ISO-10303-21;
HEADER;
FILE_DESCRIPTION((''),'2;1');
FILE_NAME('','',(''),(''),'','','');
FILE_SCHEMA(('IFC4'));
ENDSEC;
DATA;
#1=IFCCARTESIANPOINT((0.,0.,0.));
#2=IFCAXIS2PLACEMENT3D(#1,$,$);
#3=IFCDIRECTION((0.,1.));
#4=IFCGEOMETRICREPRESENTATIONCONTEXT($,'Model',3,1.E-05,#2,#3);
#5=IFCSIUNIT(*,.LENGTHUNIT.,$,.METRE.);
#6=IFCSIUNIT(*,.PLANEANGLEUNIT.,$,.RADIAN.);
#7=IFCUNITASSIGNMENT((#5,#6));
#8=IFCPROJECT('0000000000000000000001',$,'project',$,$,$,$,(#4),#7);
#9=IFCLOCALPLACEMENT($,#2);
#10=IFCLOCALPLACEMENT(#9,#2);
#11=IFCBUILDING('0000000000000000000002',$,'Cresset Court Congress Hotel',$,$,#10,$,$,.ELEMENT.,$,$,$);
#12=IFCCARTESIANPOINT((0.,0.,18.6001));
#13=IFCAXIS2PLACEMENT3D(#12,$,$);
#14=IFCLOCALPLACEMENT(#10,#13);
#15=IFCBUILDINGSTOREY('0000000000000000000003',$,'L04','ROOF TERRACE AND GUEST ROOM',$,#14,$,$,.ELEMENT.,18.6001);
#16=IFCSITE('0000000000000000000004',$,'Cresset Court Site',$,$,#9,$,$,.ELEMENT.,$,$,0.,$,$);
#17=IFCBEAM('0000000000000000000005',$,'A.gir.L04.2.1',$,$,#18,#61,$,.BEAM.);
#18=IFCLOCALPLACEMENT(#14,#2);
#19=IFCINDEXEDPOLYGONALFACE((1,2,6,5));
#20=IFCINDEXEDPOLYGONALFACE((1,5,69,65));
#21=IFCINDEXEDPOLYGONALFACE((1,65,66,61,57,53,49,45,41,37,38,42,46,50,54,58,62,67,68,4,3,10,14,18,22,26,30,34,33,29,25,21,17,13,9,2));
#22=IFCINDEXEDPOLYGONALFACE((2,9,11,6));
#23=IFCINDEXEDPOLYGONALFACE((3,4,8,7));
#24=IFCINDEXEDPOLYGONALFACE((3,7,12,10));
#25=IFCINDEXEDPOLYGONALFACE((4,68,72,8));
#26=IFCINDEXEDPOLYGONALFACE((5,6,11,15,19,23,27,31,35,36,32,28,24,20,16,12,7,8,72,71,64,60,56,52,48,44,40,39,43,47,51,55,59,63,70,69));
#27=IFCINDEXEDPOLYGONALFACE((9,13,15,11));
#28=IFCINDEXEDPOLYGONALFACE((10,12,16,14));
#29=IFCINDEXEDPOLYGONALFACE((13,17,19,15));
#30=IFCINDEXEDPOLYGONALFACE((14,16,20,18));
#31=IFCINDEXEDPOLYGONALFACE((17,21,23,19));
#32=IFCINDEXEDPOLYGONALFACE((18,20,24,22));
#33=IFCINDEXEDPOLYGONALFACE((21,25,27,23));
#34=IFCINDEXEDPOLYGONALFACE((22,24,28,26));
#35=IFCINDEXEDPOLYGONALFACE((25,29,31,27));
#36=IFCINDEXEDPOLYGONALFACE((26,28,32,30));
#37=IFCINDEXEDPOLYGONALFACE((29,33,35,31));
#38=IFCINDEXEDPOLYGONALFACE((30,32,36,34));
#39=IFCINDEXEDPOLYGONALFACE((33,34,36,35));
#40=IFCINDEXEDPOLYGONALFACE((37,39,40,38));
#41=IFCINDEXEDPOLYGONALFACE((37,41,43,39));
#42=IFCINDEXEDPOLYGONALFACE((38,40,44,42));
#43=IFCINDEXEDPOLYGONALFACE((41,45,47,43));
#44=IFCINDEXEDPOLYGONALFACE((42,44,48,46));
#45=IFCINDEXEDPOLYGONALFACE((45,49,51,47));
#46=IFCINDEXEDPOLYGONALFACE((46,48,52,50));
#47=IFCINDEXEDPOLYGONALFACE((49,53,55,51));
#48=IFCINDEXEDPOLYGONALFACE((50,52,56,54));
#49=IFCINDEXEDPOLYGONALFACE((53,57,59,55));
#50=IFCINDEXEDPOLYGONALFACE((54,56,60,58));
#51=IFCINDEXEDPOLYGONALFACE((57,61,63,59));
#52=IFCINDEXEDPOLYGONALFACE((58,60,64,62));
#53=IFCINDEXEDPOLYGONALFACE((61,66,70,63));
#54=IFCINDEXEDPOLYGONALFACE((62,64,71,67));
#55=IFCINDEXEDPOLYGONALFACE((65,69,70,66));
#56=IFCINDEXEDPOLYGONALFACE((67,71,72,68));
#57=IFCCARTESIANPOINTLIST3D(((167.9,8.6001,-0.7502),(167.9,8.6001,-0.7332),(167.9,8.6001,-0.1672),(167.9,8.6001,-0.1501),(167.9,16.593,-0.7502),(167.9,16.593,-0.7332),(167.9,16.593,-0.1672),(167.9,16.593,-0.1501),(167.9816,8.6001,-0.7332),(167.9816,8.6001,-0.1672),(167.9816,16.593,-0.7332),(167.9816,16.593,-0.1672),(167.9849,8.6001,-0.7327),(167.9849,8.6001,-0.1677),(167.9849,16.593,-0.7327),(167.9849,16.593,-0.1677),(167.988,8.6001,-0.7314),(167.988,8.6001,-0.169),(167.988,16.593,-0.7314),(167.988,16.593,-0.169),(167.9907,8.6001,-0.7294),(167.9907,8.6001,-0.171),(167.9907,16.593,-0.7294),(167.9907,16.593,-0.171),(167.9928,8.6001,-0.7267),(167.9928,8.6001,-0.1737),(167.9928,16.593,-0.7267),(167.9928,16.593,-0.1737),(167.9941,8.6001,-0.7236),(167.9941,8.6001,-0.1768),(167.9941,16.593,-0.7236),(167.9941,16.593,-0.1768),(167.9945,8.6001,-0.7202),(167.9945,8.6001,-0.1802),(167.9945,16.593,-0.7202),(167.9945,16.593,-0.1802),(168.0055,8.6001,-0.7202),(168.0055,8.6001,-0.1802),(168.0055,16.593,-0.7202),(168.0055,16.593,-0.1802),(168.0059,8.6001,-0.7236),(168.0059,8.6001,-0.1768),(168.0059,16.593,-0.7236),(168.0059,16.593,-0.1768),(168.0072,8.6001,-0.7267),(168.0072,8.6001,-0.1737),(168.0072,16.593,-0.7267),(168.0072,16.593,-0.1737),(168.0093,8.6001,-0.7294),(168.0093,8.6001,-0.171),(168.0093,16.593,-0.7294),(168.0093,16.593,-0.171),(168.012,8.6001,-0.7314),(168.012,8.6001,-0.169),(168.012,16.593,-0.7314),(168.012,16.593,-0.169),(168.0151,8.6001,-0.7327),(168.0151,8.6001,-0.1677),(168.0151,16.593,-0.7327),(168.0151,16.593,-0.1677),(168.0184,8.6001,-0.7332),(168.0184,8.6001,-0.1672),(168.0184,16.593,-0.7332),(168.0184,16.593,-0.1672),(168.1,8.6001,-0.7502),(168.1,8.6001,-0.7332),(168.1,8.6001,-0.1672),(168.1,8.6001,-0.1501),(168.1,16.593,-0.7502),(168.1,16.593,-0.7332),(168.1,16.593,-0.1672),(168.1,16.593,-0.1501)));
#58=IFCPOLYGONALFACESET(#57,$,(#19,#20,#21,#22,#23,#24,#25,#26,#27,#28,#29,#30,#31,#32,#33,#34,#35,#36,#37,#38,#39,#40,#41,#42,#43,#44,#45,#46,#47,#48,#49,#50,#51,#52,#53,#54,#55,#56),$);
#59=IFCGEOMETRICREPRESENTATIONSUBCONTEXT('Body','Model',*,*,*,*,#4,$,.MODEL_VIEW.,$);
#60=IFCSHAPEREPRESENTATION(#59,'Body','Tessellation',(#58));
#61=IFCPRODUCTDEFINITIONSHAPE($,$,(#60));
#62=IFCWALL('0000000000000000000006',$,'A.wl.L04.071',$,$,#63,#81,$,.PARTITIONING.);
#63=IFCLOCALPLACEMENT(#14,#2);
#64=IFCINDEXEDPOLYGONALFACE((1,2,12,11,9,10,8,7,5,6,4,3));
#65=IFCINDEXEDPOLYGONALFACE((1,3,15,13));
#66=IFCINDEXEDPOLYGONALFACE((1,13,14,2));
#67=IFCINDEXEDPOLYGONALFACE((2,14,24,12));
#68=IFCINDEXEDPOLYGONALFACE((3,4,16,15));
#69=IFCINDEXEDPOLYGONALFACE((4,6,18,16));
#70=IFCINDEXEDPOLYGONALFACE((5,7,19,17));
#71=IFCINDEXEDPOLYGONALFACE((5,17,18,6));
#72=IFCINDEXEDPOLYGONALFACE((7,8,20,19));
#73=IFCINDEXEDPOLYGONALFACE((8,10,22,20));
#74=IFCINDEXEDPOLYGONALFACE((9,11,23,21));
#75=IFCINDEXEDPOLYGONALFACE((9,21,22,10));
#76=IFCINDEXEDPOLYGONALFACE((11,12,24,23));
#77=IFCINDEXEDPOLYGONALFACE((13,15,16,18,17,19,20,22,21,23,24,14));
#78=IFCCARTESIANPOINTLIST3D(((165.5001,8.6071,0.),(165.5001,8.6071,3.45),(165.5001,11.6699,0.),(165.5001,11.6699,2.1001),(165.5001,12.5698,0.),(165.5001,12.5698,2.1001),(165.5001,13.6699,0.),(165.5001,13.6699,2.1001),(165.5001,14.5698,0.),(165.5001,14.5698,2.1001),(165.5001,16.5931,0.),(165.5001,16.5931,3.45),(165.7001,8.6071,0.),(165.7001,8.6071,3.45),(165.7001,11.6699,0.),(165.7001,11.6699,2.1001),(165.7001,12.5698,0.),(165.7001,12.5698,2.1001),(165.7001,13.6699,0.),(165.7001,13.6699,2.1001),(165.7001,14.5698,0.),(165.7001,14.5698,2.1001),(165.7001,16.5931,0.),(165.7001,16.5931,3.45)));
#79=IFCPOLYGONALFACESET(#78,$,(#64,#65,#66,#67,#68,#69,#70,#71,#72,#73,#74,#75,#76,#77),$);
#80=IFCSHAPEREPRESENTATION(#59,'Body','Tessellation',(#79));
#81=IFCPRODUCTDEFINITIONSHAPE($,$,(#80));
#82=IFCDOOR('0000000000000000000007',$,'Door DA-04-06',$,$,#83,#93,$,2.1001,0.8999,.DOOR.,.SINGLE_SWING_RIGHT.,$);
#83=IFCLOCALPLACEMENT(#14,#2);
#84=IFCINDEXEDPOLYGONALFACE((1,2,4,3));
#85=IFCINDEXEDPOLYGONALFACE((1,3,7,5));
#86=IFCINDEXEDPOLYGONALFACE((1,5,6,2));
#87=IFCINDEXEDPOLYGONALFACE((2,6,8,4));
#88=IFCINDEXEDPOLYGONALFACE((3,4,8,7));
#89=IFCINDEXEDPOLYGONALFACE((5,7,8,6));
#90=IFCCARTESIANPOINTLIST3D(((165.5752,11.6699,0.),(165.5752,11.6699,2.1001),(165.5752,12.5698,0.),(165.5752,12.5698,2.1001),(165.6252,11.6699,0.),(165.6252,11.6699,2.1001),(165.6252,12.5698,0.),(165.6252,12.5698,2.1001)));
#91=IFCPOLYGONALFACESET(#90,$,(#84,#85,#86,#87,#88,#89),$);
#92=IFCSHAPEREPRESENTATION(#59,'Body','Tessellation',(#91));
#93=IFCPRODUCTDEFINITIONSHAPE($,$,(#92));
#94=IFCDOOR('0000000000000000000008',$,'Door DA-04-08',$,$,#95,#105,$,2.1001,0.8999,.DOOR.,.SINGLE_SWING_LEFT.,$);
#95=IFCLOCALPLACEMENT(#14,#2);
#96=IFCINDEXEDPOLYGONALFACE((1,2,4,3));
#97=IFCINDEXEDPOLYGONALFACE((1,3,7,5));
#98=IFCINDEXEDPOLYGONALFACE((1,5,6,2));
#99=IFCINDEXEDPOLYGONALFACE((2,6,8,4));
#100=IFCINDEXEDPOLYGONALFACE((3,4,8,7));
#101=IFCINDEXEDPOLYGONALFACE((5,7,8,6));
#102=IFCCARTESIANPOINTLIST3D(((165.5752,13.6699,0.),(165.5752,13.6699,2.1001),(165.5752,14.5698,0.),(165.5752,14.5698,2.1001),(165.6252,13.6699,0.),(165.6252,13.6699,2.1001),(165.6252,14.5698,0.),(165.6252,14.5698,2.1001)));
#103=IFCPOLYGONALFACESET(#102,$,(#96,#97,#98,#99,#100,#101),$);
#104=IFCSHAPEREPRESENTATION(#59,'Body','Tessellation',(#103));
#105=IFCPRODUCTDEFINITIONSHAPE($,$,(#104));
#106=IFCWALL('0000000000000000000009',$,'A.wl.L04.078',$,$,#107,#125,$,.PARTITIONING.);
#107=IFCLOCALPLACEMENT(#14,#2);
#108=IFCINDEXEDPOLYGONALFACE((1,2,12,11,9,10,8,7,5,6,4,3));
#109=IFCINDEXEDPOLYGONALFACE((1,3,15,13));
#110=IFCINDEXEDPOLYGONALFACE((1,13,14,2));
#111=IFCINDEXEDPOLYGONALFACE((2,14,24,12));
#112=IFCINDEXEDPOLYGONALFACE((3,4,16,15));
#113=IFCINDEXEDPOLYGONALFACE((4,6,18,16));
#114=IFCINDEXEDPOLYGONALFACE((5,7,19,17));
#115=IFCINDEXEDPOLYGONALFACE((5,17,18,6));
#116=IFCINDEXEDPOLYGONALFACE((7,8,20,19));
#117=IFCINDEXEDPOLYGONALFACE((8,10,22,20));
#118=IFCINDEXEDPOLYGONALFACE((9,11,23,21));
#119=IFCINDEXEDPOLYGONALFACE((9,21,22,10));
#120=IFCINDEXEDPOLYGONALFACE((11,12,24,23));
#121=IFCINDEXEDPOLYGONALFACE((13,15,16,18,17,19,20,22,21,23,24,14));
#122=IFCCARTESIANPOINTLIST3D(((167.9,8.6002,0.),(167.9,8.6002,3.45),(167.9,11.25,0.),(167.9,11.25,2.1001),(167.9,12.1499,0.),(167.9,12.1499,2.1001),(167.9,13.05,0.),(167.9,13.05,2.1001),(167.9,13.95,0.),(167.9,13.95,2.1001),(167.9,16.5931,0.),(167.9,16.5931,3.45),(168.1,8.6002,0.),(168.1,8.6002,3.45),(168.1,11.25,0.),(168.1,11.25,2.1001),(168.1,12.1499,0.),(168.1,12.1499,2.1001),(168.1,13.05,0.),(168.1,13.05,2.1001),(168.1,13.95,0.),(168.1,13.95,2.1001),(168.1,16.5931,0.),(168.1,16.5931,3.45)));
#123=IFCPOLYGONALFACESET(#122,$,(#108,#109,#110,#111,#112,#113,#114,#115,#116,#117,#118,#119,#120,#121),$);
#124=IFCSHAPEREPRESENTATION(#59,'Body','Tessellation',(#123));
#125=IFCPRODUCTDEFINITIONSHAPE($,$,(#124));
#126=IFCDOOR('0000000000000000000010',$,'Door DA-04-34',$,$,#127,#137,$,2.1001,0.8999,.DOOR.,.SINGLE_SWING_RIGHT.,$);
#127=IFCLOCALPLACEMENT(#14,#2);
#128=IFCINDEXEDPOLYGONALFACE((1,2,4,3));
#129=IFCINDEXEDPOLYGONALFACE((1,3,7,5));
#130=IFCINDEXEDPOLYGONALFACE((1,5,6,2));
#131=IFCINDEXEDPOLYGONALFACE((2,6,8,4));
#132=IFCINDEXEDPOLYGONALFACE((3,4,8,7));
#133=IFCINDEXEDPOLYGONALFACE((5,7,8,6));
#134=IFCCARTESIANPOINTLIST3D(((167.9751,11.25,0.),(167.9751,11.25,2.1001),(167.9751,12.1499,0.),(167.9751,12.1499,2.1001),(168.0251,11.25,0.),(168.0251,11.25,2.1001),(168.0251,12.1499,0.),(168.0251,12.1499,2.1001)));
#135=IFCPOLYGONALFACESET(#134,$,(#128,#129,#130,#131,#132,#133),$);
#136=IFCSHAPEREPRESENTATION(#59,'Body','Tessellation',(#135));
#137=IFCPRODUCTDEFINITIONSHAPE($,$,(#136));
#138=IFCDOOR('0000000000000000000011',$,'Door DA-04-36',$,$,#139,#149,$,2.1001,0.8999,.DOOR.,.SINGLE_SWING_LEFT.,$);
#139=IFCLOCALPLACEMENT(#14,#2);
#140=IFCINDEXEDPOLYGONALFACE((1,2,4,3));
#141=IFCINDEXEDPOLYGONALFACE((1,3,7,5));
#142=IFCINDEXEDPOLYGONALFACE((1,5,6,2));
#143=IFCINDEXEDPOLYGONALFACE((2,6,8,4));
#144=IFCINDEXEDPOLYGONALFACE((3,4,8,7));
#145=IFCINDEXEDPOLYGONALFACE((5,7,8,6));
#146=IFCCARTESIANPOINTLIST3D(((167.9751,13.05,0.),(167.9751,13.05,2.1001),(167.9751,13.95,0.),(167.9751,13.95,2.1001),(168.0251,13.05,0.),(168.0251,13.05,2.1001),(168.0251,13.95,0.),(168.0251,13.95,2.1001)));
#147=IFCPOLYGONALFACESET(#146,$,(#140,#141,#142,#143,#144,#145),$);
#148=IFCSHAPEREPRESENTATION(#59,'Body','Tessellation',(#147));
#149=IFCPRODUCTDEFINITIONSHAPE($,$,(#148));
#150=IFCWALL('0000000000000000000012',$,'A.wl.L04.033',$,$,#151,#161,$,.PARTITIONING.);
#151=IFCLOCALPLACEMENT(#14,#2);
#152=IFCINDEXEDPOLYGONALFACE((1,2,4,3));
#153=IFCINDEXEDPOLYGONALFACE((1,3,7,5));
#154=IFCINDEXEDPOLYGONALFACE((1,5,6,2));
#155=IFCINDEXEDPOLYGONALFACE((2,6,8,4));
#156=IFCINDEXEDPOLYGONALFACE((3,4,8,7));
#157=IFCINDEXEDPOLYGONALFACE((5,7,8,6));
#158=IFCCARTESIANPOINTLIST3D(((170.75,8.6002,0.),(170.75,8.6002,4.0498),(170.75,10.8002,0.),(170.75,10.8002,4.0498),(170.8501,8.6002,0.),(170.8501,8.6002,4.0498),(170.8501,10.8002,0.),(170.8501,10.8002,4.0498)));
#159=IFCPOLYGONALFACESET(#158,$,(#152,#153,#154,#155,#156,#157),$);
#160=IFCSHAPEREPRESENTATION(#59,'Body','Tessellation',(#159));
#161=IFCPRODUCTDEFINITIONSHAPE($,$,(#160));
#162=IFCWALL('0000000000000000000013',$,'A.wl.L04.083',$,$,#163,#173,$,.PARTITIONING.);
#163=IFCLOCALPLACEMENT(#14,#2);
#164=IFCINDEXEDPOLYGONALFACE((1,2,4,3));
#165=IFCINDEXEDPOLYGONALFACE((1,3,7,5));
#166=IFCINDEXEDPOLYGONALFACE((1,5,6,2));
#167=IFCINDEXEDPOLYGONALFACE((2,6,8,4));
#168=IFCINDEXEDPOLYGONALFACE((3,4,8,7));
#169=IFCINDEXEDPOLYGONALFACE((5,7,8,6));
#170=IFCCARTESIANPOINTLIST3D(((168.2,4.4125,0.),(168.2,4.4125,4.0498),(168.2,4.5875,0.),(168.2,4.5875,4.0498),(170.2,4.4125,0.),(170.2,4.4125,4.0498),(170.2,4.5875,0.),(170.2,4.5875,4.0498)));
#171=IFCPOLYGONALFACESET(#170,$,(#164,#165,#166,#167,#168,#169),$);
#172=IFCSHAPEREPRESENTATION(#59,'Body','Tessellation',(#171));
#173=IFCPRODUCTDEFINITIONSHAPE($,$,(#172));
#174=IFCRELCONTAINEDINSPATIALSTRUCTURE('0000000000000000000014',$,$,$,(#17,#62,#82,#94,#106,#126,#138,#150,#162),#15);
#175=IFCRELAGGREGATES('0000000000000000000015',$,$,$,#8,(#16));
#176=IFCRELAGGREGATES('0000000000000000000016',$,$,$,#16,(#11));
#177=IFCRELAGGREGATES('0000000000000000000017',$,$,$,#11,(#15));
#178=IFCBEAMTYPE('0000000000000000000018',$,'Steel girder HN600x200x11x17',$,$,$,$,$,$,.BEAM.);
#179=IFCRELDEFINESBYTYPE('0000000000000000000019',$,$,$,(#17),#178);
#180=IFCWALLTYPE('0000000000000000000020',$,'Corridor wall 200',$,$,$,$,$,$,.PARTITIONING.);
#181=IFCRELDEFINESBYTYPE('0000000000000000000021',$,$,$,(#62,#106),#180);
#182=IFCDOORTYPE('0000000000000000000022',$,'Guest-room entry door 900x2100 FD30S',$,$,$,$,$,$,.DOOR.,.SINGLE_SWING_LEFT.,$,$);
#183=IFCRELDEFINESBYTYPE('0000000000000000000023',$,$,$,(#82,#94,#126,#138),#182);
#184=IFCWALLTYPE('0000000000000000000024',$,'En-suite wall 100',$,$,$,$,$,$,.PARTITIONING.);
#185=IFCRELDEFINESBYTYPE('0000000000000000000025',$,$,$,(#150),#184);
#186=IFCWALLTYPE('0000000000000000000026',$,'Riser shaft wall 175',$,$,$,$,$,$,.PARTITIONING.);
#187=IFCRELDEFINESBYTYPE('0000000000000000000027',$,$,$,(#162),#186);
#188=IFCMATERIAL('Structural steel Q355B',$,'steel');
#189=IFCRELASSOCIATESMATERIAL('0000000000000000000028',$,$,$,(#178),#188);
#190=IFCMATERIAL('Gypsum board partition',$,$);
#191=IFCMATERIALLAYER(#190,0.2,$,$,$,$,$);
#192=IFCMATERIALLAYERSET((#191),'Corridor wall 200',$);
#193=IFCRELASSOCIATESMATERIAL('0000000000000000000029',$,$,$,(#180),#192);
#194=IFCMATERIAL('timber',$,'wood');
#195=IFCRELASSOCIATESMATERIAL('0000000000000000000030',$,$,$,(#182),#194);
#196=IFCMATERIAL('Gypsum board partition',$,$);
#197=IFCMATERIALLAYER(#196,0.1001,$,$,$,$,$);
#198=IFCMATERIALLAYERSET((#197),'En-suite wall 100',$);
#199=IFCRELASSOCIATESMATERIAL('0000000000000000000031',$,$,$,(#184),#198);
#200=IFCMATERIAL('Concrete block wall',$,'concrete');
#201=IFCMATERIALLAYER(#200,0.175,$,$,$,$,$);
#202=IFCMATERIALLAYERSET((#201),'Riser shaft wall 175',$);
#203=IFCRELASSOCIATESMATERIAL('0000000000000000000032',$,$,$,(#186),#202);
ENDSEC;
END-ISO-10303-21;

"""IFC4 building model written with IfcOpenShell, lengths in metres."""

from ifc_helpers import new_model, si_unit, direction, frame, frame_2d, origin, origin_2d, place, context, subcontext, project, spatial, rectangle, i_section, extrude, material, layer, layer_set, material_profile, profile_set, type_object, element, fill, save


model = new_model("IFC4")

# Units and contexts
model_context = context("Model", 3, precision=1e-05, world=origin(), true_north=direction((0.0, 1.0)))
body_context = subcontext(model_context, "Body", "Model", "MODEL_VIEW")
ifc_project = project(units=[si_unit("LENGTHUNIT", "METRE"), si_unit("PLANEANGLEUNIT", "RADIAN")], contexts=[model_context])

# Site, building, storey
site_placement = place(None, origin())
site = spatial("IfcSite", under=ifc_project, at=site_placement, Name="Cresset Court Site", CompositionType="ELEMENT", RefElevation=0.0)
building_placement = place(site_placement, origin())
building = spatial("IfcBuilding", under=site, at=building_placement, Name="Cresset Court Congress Hotel", CompositionType="ELEMENT")
storey_placement = place(building_placement, frame((0.0, 0.0, 18.6001)))
storey = spatial("IfcBuildingStorey", under=building, at=storey_placement, Name="L04", Description="ROOF TERRACE AND GUEST ROOM", CompositionType="ELEMENT", Elevation=18.6001)

# Beam
ifc_material_1 = material(Name="Structural steel Q355B", Category="steel")
ifc_material_profile_1 = material_profile(ifc_material_1, i_section(OverallWidth=0.2, OverallDepth=0.6001, WebThickness=0.011, FlangeThickness=0.0171, FilletRadius=0.0129, at=origin_2d()), Name="HN600x200x11x17")
ifc_profile_set_1 = profile_set([ifc_material_profile_1], Name="Structural steel Q355B")
beam_type_1 = type_object("IfcBeamType", Name="Steel girder HN600x200x11x17", PredefinedType="BEAM", material=ifc_profile_set_1)
beam_1_placement = place(storey_placement, frame((168.0, 8.6001, -0.4502), z_axis=(0.0, 1.0, 0.0), x_axis=(-1.0, 0.0, 0.0)))
element("IfcBeam", 1, at=beam_1_placement, inside=storey, type_object=beam_type_1, Name="A.gir.L04.2.1", PredefinedType="BEAM", context=body_context, shape_type="SweptSolid", body=[
    extrude(i_section(OverallWidth=0.2, OverallDepth=0.6001, WebThickness=0.011, FlangeThickness=0.0171, FilletRadius=0.0129, at=origin_2d()), origin(), (0.0, 0.0, 1.0), 7.9929),
])

# Walls, openings, doors
ifc_material_2 = material(Name="Gypsum board partition")
ifc_layer_1 = layer(ifc_material_2, 0.2)
ifc_layer_set_1 = layer_set([ifc_layer_1], Name="Corridor wall 200")
wall_type_1 = type_object("IfcWallType", Name="Corridor wall 200", PredefinedType="PARTITIONING", material=ifc_layer_set_1)
wall_1_placement = place(storey_placement, frame((165.6001, 8.6069, 0.0), z_axis=(0.0, 0.0, 1.0), x_axis=(0.0, 1.0, 0.0)))
wall_1 = element("IfcWall", 2, at=wall_1_placement, inside=storey, type_object=wall_type_1, Name="A.wl.L04.071", PredefinedType="PARTITIONING", context=body_context, shape_type="SweptSolid", body=[
    extrude(rectangle(XDim=7.9861, YDim=0.2, at=frame_2d((3.9932, 0.0))), origin(), (0.0, 0.0, 1.0), 3.45),
])
opening_1_placement = place(wall_1_placement, frame((3.063, 0.0, 0.0)))
opening_1 = element("IfcOpeningElement", 3, at=opening_1_placement, cuts=wall_1, PredefinedType="OPENING", context=body_context, shape_type="SweptSolid", body=[
    extrude(rectangle(XDim=0.8999, YDim=2.1001, at=frame_2d((0.45, 1.05))), frame((0.0, 0.1099, 0.0), z_axis=(0.0, -1.0, 0.0), x_axis=(1.0, 0.0, 0.0)), (0.0, 0.0, 1.0), 0.22),
])
opening_2_placement = place(wall_1_placement, frame((5.063, 0.0, 0.0)))
opening_2 = element("IfcOpeningElement", 4, at=opening_2_placement, cuts=wall_1, PredefinedType="OPENING", context=body_context, shape_type="SweptSolid", body=[
    extrude(rectangle(XDim=0.8999, YDim=2.1001, at=frame_2d((0.45, 1.05))), frame((0.0, 0.1099, 0.0), z_axis=(0.0, -1.0, 0.0), x_axis=(1.0, 0.0, 0.0)), (0.0, 0.0, 1.0), 0.22),
])
ifc_material_3 = material(Name="timber", Category="wood")
door_type = type_object("IfcDoorType", Name="Guest-room entry door 900x2100 FD30S", OperationType="SINGLE_SWING_LEFT", PredefinedType="DOOR", material=ifc_material_3)
door_1_placement = place(opening_1_placement, origin())
door_1 = element("IfcDoor", 5, at=door_1_placement, inside=storey, type_object=door_type, Name="Door DA-04-06", OperationType="SINGLE_SWING_RIGHT", OverallHeight=2.1001, OverallWidth=0.8999, PredefinedType="DOOR", context=body_context, shape_type="SweptSolid", body=[
    extrude(rectangle(XDim=0.8999, YDim=2.1001, at=frame_2d((0.45, 1.05))), frame((0.0, 0.0249, 0.0), z_axis=(0.0, -1.0, 0.0), x_axis=(1.0, 0.0, 0.0)), (0.0, 0.0, 1.0), 0.05),
])
fill(opening_1, door_1)
door_2_placement = place(opening_2_placement, origin())
door_2 = element("IfcDoor", 6, at=door_2_placement, inside=storey, type_object=door_type, Name="Door DA-04-08", OperationType="SINGLE_SWING_LEFT", OverallHeight=2.1001, OverallWidth=0.8999, PredefinedType="DOOR", context=body_context, shape_type="SweptSolid", body=[
    extrude(rectangle(XDim=0.8999, YDim=2.1001, at=frame_2d((0.45, 1.05))), frame((0.0, 0.0249, 0.0), z_axis=(0.0, -1.0, 0.0), x_axis=(1.0, 0.0, 0.0)), (0.0, 0.0, 1.0), 0.05),
])
fill(opening_2, door_2)
wall_2_placement = place(storey_placement, frame((168.0, 8.6001, 0.0), z_axis=(0.0, 0.0, 1.0), x_axis=(0.0, 1.0, 0.0)))
wall_2 = element("IfcWall", 7, at=wall_2_placement, inside=storey, type_object=wall_type_1, Name="A.wl.L04.078", PredefinedType="PARTITIONING", context=body_context, shape_type="SweptSolid", body=[
    extrude(rectangle(XDim=7.9929, YDim=0.2, at=frame_2d((3.9966, 0.0))), origin(), (0.0, 0.0, 1.0), 3.45),
])
opening_3_placement = place(wall_2_placement, frame((2.6499, 0.0, 0.0)))
opening_3 = element("IfcOpeningElement", 8, at=opening_3_placement, cuts=wall_2, PredefinedType="OPENING", context=body_context, shape_type="SweptSolid", body=[
    extrude(rectangle(XDim=0.8999, YDim=2.1001, at=frame_2d((0.45, 1.05))), frame((0.0, 0.1099, 0.0), z_axis=(0.0, -1.0, 0.0), x_axis=(1.0, 0.0, 0.0)), (0.0, 0.0, 1.0), 0.22),
])
opening_4_placement = place(wall_2_placement, frame((4.45, 0.0, 0.0)))
opening_4 = element("IfcOpeningElement", 9, at=opening_4_placement, cuts=wall_2, PredefinedType="OPENING", context=body_context, shape_type="SweptSolid", body=[
    extrude(rectangle(XDim=0.8999, YDim=2.1001, at=frame_2d((0.45, 1.05))), frame((0.0, 0.1099, 0.0), z_axis=(0.0, -1.0, 0.0), x_axis=(1.0, 0.0, 0.0)), (0.0, 0.0, 1.0), 0.22),
])
door_3_placement = place(opening_3_placement, origin())
door_3 = element("IfcDoor", 10, at=door_3_placement, inside=storey, type_object=door_type, Name="Door DA-04-34", OperationType="SINGLE_SWING_RIGHT", OverallHeight=2.1001, OverallWidth=0.8999, PredefinedType="DOOR", context=body_context, shape_type="SweptSolid", body=[
    extrude(rectangle(XDim=0.8999, YDim=2.1001, at=frame_2d((0.45, 1.05))), frame((0.0, 0.0249, 0.0), z_axis=(0.0, -1.0, 0.0), x_axis=(1.0, 0.0, 0.0)), (0.0, 0.0, 1.0), 0.05),
])
fill(opening_3, door_3)
door_4_placement = place(opening_4_placement, origin())
door_4 = element("IfcDoor", 11, at=door_4_placement, inside=storey, type_object=door_type, Name="Door DA-04-36", OperationType="SINGLE_SWING_LEFT", OverallHeight=2.1001, OverallWidth=0.8999, PredefinedType="DOOR", context=body_context, shape_type="SweptSolid", body=[
    extrude(rectangle(XDim=0.8999, YDim=2.1001, at=frame_2d((0.45, 1.05))), frame((0.0, 0.0249, 0.0), z_axis=(0.0, -1.0, 0.0), x_axis=(1.0, 0.0, 0.0)), (0.0, 0.0, 1.0), 0.05),
])
fill(opening_4, door_4)

# Walls
ifc_material_4 = material(Name="Gypsum board partition")
ifc_layer_2 = layer(ifc_material_4, 0.1001)
ifc_layer_set_2 = layer_set([ifc_layer_2], Name="En-suite wall 100")
wall_type_2 = type_object("IfcWallType", Name="En-suite wall 100", PredefinedType="PARTITIONING", material=ifc_layer_set_2)
wall_3_placement = place(storey_placement, frame((170.8, 8.6001, 0.0), z_axis=(0.0, 0.0, 1.0), x_axis=(0.0, 1.0, 0.0)))
element("IfcWall", 12, at=wall_3_placement, inside=storey, type_object=wall_type_2, Name="A.wl.L04.033", PredefinedType="PARTITIONING", context=body_context, shape_type="SweptSolid", body=[
    extrude(rectangle(XDim=2.2, YDim=0.1001, at=frame_2d((1.1001, 0.0))), origin(), (0.0, 0.0, 1.0), 4.0498),
])
ifc_material_5 = material(Name="Concrete block wall", Category="concrete")
ifc_layer_3 = layer(ifc_material_5, 0.175)
ifc_layer_set_3 = layer_set([ifc_layer_3], Name="Riser shaft wall 175")
wall_type_3 = type_object("IfcWallType", Name="Riser shaft wall 175", PredefinedType="PARTITIONING", material=ifc_layer_set_3)
wall_4_placement = place(storey_placement, frame((168.2, 4.5, 0.0), z_axis=(0.0, 0.0, 1.0), x_axis=(1.0, 0.0, 0.0)))
element("IfcWall", 13, at=wall_4_placement, inside=storey, type_object=wall_type_3, Name="A.wl.L04.083", PredefinedType="PARTITIONING", context=body_context, shape_type="SweptSolid", body=[
    extrude(rectangle(XDim=2.0, YDim=0.175, at=frame_2d((1.0, 0.0))), origin(), (0.0, 0.0, 1.0), 4.0498),
])

save(model, "model.ifc")
